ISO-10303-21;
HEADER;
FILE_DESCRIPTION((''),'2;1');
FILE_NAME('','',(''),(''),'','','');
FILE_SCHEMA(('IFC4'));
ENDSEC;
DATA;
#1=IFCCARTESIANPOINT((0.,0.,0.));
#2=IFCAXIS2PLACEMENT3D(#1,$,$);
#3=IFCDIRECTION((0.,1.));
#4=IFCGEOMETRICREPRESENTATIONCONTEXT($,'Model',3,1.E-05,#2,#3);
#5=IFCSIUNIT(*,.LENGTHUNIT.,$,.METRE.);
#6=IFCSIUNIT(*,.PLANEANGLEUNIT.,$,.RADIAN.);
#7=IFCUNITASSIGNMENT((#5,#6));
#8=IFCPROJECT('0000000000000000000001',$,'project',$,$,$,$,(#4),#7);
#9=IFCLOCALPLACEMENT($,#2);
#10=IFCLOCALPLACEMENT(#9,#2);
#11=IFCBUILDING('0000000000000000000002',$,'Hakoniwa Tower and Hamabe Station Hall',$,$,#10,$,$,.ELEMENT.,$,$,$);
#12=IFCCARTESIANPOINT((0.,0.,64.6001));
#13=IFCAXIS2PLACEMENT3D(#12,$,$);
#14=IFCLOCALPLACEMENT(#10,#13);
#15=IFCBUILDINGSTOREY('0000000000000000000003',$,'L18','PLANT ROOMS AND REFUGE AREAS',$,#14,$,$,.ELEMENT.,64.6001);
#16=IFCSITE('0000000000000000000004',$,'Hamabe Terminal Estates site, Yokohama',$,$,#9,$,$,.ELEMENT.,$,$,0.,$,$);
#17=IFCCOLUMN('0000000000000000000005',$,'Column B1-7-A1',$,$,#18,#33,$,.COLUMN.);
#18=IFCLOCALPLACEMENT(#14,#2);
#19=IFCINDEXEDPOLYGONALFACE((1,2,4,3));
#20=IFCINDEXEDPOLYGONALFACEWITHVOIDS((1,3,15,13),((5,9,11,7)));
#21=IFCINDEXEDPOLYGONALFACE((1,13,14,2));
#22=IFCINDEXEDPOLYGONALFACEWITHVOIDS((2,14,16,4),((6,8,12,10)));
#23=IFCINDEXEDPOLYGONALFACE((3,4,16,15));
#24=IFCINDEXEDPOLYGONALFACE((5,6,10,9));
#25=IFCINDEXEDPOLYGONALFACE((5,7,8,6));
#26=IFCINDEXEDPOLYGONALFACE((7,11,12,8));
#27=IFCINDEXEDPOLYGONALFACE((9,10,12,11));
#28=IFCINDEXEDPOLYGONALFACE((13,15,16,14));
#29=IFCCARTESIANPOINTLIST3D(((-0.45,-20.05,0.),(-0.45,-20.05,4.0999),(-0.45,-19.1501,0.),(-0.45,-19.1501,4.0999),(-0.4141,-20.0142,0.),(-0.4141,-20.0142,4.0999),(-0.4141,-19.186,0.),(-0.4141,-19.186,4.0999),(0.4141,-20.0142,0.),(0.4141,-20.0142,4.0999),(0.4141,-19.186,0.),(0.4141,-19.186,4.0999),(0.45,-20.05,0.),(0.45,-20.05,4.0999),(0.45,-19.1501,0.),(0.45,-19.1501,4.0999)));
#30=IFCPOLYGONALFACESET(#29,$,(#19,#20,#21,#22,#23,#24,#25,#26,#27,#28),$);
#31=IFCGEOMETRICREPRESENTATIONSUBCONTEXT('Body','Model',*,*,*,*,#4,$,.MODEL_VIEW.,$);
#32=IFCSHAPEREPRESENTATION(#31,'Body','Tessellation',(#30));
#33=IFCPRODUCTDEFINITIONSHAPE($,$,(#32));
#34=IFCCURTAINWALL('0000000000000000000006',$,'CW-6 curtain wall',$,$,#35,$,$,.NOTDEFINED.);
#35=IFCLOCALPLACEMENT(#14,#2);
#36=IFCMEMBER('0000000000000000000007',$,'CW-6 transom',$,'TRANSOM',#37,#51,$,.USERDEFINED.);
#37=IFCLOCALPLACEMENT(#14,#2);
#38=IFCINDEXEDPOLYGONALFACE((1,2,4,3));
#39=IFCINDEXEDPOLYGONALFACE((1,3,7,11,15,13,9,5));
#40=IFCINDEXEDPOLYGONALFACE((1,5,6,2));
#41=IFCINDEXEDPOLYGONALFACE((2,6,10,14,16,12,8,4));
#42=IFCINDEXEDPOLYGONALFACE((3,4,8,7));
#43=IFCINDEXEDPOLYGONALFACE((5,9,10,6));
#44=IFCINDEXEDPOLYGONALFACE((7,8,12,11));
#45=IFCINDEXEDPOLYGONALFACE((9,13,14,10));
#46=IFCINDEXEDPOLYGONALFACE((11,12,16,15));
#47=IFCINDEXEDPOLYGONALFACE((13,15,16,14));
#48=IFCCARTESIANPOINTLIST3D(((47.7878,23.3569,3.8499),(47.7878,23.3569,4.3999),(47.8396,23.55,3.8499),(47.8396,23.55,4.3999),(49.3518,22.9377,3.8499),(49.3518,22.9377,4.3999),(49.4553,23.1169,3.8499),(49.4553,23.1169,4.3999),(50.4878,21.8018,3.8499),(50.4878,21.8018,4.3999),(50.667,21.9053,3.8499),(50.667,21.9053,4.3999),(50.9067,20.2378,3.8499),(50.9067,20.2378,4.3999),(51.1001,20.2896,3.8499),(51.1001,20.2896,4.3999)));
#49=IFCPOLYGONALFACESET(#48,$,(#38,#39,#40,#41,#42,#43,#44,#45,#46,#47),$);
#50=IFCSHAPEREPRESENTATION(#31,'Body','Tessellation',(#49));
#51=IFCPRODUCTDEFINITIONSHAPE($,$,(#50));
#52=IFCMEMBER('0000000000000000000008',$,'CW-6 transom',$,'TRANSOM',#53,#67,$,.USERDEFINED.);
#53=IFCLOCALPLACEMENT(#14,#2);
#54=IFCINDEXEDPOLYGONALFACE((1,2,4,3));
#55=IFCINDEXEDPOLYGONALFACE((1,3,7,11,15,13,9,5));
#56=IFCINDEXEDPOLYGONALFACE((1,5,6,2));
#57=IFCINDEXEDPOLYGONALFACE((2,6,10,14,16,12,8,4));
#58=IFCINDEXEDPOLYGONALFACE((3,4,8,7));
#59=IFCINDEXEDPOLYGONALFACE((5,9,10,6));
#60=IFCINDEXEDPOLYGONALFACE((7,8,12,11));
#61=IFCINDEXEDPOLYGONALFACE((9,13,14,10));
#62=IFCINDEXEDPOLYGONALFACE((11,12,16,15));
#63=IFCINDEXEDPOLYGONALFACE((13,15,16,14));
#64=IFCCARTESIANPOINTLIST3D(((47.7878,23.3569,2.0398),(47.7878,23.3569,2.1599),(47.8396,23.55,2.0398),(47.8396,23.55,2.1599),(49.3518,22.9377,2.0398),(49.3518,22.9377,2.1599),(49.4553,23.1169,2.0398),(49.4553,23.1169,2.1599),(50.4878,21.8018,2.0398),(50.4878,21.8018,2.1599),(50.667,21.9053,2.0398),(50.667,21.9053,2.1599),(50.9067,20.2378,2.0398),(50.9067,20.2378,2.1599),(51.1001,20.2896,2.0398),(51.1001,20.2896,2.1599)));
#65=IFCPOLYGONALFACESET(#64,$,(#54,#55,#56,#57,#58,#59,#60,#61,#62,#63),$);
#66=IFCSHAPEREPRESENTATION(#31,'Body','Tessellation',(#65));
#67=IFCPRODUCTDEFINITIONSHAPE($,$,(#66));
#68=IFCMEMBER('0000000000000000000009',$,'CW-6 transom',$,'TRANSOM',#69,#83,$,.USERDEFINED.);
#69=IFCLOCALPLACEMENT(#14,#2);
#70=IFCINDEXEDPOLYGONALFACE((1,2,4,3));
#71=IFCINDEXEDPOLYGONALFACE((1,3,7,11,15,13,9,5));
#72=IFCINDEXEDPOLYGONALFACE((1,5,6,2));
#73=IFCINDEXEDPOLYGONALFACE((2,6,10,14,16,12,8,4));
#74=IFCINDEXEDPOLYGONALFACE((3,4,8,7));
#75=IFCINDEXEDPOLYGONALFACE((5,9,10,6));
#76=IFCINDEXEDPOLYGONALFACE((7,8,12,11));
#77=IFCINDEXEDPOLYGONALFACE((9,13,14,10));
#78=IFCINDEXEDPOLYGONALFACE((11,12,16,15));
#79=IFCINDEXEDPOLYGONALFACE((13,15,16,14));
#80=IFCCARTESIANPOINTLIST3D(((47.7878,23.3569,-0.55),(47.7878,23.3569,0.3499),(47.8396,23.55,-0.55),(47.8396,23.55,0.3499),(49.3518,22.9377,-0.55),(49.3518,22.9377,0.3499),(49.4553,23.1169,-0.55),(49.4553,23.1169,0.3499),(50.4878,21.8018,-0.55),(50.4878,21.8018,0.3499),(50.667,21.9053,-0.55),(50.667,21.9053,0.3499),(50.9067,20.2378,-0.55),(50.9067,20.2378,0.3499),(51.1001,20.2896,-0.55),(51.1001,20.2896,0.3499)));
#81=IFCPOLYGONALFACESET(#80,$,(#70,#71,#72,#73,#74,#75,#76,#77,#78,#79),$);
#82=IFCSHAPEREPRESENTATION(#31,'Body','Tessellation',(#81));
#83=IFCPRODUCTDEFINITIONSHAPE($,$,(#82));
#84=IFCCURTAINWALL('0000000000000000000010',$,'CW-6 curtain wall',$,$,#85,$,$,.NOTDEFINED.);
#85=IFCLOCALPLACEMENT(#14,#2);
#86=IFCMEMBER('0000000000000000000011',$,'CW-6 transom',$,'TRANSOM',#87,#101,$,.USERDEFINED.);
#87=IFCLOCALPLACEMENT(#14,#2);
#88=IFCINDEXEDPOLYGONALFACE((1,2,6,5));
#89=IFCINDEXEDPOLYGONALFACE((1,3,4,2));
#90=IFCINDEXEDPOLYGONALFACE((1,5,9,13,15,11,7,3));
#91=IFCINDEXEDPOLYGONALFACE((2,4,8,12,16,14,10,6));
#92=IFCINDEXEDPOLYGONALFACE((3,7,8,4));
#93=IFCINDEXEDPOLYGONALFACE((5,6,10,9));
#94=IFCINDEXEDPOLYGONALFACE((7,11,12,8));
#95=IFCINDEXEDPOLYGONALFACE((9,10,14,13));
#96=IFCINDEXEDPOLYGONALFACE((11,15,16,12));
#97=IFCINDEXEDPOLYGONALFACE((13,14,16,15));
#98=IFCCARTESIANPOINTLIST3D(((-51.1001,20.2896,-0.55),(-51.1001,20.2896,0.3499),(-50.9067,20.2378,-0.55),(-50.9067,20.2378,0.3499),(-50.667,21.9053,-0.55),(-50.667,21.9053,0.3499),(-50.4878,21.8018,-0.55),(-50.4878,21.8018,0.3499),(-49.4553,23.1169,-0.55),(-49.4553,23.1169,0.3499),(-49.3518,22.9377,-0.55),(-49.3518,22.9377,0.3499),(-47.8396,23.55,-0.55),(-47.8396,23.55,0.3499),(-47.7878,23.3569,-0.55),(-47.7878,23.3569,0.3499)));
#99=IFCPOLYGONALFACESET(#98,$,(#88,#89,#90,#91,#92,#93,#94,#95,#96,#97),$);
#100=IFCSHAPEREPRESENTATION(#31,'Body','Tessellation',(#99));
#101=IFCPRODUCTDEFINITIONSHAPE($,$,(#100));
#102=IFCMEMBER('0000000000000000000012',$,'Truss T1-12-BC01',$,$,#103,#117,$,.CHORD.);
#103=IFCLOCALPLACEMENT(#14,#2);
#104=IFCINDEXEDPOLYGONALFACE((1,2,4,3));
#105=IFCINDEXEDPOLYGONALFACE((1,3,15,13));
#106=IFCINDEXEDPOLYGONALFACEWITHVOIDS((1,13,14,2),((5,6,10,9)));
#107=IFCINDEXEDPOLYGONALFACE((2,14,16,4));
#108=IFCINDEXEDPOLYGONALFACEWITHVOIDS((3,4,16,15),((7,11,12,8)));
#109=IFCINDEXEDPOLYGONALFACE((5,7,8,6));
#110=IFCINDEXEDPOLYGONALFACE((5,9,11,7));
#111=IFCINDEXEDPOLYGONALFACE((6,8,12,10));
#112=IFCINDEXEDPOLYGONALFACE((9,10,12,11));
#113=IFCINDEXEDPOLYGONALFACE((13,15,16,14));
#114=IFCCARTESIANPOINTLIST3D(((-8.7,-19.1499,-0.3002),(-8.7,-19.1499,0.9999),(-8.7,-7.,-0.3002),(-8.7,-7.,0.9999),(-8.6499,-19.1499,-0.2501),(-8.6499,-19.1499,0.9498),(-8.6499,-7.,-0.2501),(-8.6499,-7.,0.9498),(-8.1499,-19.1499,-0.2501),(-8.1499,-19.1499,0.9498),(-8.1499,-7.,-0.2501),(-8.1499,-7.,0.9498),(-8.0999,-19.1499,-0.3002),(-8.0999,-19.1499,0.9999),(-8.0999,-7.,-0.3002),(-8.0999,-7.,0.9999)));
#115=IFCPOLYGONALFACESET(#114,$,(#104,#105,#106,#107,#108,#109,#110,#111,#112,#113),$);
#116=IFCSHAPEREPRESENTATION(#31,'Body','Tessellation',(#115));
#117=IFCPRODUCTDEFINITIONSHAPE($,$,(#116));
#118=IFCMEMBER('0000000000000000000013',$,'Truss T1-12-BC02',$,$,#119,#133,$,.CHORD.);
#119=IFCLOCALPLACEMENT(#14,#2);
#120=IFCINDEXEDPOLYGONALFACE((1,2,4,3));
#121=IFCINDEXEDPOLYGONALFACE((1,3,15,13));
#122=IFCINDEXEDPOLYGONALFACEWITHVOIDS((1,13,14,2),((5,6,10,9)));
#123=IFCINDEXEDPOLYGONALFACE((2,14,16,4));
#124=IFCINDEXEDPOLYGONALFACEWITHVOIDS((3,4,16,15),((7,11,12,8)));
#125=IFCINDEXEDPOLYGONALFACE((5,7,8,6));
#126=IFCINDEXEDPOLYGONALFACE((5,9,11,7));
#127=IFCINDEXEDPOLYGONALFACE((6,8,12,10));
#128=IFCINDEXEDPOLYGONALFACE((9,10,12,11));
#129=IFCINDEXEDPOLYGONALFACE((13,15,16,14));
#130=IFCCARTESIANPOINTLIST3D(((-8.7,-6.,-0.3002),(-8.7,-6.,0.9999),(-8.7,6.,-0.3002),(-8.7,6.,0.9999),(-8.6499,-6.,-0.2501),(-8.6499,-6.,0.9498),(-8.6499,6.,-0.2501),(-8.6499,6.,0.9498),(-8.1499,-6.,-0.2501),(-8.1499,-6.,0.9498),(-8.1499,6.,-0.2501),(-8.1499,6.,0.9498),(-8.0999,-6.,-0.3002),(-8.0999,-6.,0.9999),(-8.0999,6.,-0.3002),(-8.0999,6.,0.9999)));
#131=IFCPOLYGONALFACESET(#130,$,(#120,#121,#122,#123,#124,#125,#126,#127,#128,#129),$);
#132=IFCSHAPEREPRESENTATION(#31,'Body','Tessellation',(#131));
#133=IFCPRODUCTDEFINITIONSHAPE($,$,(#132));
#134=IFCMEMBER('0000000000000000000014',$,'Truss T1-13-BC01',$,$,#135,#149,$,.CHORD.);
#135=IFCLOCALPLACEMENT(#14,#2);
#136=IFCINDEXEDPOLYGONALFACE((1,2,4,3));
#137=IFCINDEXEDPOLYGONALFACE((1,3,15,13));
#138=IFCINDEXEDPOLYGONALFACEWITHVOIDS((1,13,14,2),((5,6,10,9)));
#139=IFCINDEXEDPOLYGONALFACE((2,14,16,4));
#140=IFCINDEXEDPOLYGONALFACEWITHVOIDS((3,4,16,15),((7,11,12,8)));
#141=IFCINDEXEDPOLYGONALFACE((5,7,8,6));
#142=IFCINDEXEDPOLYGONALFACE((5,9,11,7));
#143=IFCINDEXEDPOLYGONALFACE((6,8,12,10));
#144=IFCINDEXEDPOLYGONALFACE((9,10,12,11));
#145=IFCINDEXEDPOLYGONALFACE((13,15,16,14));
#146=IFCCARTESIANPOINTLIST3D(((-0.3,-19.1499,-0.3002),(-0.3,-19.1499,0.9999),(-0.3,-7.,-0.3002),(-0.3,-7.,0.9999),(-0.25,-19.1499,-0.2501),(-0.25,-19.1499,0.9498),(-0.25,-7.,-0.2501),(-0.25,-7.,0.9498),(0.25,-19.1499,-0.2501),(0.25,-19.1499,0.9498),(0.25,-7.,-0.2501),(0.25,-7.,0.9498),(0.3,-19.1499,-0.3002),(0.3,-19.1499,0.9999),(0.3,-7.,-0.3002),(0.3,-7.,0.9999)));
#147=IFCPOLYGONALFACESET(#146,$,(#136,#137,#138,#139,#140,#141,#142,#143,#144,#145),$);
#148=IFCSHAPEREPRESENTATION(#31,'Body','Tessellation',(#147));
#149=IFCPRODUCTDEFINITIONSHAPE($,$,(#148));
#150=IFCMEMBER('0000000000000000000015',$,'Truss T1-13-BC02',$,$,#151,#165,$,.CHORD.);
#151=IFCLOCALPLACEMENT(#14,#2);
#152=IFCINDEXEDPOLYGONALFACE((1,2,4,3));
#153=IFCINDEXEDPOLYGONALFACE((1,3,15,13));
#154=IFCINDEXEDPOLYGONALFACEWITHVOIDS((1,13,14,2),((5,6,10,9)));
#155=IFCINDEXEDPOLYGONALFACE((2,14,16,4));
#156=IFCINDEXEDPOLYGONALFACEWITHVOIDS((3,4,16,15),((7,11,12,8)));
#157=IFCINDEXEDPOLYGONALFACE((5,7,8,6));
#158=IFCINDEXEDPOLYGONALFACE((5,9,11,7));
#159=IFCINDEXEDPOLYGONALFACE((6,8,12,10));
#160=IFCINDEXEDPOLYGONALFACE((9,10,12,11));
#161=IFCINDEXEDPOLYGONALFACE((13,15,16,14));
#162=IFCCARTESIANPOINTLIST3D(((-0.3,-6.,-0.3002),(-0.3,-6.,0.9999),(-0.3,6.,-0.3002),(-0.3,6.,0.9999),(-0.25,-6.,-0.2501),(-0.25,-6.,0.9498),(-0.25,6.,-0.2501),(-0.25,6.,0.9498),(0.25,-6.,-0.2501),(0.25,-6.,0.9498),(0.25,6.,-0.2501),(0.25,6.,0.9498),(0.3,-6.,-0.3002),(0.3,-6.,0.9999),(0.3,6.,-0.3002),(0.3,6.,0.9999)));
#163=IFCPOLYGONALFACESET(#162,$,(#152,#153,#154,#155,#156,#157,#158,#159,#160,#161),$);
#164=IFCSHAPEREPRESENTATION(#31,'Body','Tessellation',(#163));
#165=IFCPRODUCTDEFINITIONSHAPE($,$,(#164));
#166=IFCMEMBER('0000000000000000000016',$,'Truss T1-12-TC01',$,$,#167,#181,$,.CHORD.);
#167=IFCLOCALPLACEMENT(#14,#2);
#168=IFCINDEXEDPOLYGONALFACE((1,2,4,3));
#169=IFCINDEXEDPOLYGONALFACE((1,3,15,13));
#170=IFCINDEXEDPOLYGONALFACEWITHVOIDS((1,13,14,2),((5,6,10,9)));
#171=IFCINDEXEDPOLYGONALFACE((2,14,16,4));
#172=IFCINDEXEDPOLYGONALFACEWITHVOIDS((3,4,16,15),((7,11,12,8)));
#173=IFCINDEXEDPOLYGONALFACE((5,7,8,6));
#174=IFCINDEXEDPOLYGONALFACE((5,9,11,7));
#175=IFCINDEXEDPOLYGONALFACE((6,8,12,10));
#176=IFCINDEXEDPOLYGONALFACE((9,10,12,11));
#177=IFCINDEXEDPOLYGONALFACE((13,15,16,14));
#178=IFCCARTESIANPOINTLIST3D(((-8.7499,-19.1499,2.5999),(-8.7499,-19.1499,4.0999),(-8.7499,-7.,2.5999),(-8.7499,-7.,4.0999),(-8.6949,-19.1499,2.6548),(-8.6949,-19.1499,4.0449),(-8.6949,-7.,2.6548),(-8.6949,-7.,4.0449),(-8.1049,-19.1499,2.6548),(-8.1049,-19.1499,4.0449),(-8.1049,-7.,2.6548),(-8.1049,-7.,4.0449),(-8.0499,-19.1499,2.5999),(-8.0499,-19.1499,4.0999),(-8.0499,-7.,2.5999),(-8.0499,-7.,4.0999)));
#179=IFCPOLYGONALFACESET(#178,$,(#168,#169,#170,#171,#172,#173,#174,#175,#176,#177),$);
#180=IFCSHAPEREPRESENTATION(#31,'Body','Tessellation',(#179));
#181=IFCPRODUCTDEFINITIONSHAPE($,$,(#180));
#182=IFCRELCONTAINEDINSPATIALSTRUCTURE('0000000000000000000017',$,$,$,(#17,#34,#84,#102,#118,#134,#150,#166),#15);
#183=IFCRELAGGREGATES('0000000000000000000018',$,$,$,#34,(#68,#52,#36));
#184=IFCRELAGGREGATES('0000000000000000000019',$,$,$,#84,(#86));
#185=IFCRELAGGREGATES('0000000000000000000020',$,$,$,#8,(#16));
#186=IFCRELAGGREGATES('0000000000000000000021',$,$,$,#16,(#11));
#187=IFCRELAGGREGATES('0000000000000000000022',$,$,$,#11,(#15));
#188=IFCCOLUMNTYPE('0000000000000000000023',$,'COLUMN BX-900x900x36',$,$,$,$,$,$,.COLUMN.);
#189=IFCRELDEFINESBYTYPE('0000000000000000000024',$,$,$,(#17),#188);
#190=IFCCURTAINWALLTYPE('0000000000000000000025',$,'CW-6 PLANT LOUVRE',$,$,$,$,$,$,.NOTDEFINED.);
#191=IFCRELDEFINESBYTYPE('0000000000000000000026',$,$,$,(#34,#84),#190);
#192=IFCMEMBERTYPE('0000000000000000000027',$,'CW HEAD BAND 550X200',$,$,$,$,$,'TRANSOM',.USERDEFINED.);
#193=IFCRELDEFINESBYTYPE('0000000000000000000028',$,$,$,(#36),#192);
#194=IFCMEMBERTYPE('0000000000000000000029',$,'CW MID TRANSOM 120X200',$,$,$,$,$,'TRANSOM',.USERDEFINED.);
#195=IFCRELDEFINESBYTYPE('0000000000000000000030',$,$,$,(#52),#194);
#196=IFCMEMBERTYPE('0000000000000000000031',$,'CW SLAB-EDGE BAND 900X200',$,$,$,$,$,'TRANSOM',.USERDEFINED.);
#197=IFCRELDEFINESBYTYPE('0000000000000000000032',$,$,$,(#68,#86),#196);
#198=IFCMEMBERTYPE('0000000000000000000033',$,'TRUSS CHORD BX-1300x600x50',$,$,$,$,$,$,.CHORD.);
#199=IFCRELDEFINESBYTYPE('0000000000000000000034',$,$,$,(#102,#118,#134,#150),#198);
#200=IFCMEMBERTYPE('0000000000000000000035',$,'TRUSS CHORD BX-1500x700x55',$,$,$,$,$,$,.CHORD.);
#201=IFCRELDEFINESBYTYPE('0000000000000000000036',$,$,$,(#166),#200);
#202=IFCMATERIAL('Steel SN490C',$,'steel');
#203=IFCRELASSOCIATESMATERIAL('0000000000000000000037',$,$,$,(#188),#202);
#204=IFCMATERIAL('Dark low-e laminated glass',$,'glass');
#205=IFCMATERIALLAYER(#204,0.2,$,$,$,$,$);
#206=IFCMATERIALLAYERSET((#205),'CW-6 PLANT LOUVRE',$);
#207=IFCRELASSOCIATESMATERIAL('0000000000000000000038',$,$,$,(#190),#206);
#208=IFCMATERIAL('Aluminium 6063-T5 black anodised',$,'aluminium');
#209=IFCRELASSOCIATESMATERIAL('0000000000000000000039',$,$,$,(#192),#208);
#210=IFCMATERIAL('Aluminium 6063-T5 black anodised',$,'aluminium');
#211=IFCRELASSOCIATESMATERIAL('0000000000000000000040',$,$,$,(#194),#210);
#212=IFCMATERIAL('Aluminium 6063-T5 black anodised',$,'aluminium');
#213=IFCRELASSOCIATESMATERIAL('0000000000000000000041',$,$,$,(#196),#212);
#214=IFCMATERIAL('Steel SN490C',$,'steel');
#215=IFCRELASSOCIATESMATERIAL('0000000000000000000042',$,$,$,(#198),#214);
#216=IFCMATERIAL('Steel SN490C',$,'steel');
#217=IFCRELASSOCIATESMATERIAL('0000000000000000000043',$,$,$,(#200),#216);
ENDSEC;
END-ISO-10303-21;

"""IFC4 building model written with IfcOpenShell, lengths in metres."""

from ifc_helpers import new_model, si_unit, direction, frame, origin, origin_2d, place, context, subcontext, project, spatial, polyline, rectangle, hollow_rectangle, outline, extrude, material, layer, layer_set, material_profile, profile_set, type_object, element, aggregate, save


model = new_model("IFC4")

# Units and contexts
model_context = context("Model", 3, precision=1e-05, world=origin(), true_north=direction((0.0, 1.0)))
body_context = subcontext(model_context, "Body", "Model", "MODEL_VIEW")
ifc_project = project(units=[si_unit("LENGTHUNIT", "METRE"), si_unit("PLANEANGLEUNIT", "RADIAN")], contexts=[model_context])

# Site, building, storey
site_placement = place(None, origin())
site = spatial("IfcSite", under=ifc_project, at=site_placement, Name="Hamabe Terminal Estates site, Yokohama", CompositionType="ELEMENT", RefElevation=0.0)
building_placement = place(site_placement, origin())
building = spatial("IfcBuilding", under=site, at=building_placement, Name="Hakoniwa Tower and Hamabe Station Hall", CompositionType="ELEMENT")
storey_placement = place(building_placement, frame((0.0, 0.0, 64.6001)))
storey = spatial("IfcBuildingStorey", under=building, at=storey_placement, Name="L18", Description="PLANT ROOMS AND REFUGE AREAS", CompositionType="ELEMENT", Elevation=64.6001)

# Column
ifc_material_1 = material(Name="Steel SN490C", Category="steel")
ifc_material_profile_1 = material_profile(ifc_material_1, hollow_rectangle(XDim=0.8999, YDim=0.8999, WallThickness=0.0359, at=origin_2d()), Name="BX-900x900x36")
ifc_profile_set_1 = profile_set([ifc_material_profile_1], Name="Steel SN490C")
column_type = type_object("IfcColumnType", Name="COLUMN BX-900x900x36", PredefinedType="COLUMN", material=ifc_profile_set_1)
column_placement = place(storey_placement, frame((0.0, -19.6001, 0.0), z_axis=(0.0, 0.0, 1.0), x_axis=(1.0, 0.0, 0.0)))
element("IfcColumn", 1, at=column_placement, inside=storey, type_object=column_type, Name="Column B1-7-A1", PredefinedType="COLUMN", context=body_context, shape_type="SweptSolid", body=[
    extrude(hollow_rectangle(XDim=0.8999, YDim=0.8999, WallThickness=0.0359, at=origin_2d()), origin(), (0.0, 0.0, 1.0), 4.0999),
])

# Curtain wall, members
ifc_material_2 = material(Name="Dark low-e laminated glass", Category="glass")
ifc_layer_1 = layer(ifc_material_2, 0.2)
ifc_layer_set_1 = layer_set([ifc_layer_1], Name="CW-6 PLANT LOUVRE")
curtain_wall_type = type_object("IfcCurtainWallType", Name="CW-6 PLANT LOUVRE", PredefinedType="NOTDEFINED", material=ifc_layer_set_1)
curtain_wall_1_placement = place(storey_placement, origin())
curtain_wall_1 = element("IfcCurtainWall", 2, at=curtain_wall_1_placement, inside=storey, type_object=curtain_wall_type, Name="CW-6 curtain wall", PredefinedType="NOTDEFINED")
ifc_material_3 = material(Name="Aluminium 6063-T5 black anodised", Category="aluminium")
ifc_material_profile_2 = material_profile(ifc_material_3, rectangle(XDim=0.2, YDim=0.55, at=origin_2d()), Name="CW HEAD BAND 550X200")
ifc_profile_set_2 = profile_set([ifc_material_profile_2], Name="Aluminium 6063-T5 black anodised")
member_type_1 = type_object("IfcMemberType", Name="CW HEAD BAND 550X200", ElementType="TRANSOM", PredefinedType="USERDEFINED", material=ifc_profile_set_2)
member_1_placement = place(storey_placement, frame((0.0, 0.0, 3.8499)))
member_1 = element("IfcMember", 3, at=member_1_placement, type_object=member_type_1, Name="CW-6 transom", ObjectType="TRANSOM", PredefinedType="USERDEFINED", context=body_context, shape_type="SweptSolid", body=[
    extrude(outline(polyline([(51.1001, 20.2896), (50.667, 21.9053), (49.4553, 23.1169), (47.8396, 23.55), (47.7878, 23.3569), (49.3518, 22.9377), (50.4878, 21.8018), (50.9067, 20.2378), (51.1001, 20.2896)])), origin(), (0.0, 0.0, 1.0), 0.55),
])
ifc_material_4 = material(Name="Aluminium 6063-T5 black anodised", Category="aluminium")
ifc_material_profile_3 = material_profile(ifc_material_4, rectangle(XDim=0.2, YDim=0.1201, at=origin_2d()), Name="CW MID TRANSOM 120X200")
ifc_profile_set_3 = profile_set([ifc_material_profile_3], Name="Aluminium 6063-T5 black anodised")
member_type_2 = type_object("IfcMemberType", Name="CW MID TRANSOM 120X200", ElementType="TRANSOM", PredefinedType="USERDEFINED", material=ifc_profile_set_3)
member_2_placement = place(storey_placement, frame((0.0, 0.0, 2.0398)))
member_2 = element("IfcMember", 4, at=member_2_placement, type_object=member_type_2, Name="CW-6 transom", ObjectType="TRANSOM", PredefinedType="USERDEFINED", context=body_context, shape_type="SweptSolid", body=[
    extrude(outline(polyline([(51.1001, 20.2896), (50.667, 21.9053), (49.4553, 23.1169), (47.8396, 23.55), (47.7878, 23.3569), (49.3518, 22.9377), (50.4878, 21.8018), (50.9067, 20.2378), (51.1001, 20.2896)])), origin(), (0.0, 0.0, 1.0), 0.1201),
])
ifc_material_5 = material(Name="Aluminium 6063-T5 black anodised", Category="aluminium")
ifc_material_profile_4 = material_profile(ifc_material_5, rectangle(XDim=0.2, YDim=0.8999, at=origin_2d()), Name="CW SLAB-EDGE BAND 900X200")
ifc_profile_set_4 = profile_set([ifc_material_profile_4], Name="Aluminium 6063-T5 black anodised")
member_type_3 = type_object("IfcMemberType", Name="CW SLAB-EDGE BAND 900X200", ElementType="TRANSOM", PredefinedType="USERDEFINED", material=ifc_profile_set_4)
member_3_placement = place(storey_placement, frame((0.0, 0.0, -0.55)))
member_3 = element("IfcMember", 5, at=member_3_placement, type_object=member_type_3, Name="CW-6 transom", ObjectType="TRANSOM", PredefinedType="USERDEFINED", context=body_context, shape_type="SweptSolid", body=[
    extrude(outline(polyline([(51.1001, 20.2896), (50.667, 21.9053), (49.4553, 23.1169), (47.8396, 23.55), (47.7878, 23.3569), (49.3518, 22.9377), (50.4878, 21.8018), (50.9067, 20.2378), (51.1001, 20.2896)])), origin(), (0.0, 0.0, 1.0), 0.8999),
])

# Curtain wall, member
curtain_wall_2_placement = place(storey_placement, origin())
curtain_wall_2 = element("IfcCurtainWall", 6, at=curtain_wall_2_placement, inside=storey, type_object=curtain_wall_type, Name="CW-6 curtain wall", PredefinedType="NOTDEFINED")
member_4_placement = place(storey_placement, frame((0.0, 0.0, -0.55)))
member_4 = element("IfcMember", 7, at=member_4_placement, type_object=member_type_3, Name="CW-6 transom", ObjectType="TRANSOM", PredefinedType="USERDEFINED", context=body_context, shape_type="SweptSolid", body=[
    extrude(outline(polyline([(-47.8396, 23.55), (-49.4553, 23.1169), (-50.667, 21.9053), (-51.1001, 20.2896), (-50.9067, 20.2378), (-50.4878, 21.8018), (-49.3518, 22.9377), (-47.7878, 23.3569), (-47.8396, 23.55)])), origin(), (0.0, 0.0, 1.0), 0.8999),
])

# Members
ifc_material_6 = material(Name="Steel SN490C", Category="steel")
ifc_material_profile_5 = material_profile(ifc_material_6, hollow_rectangle(XDim=0.6001, YDim=1.3, WallThickness=0.05, at=origin_2d()), Name="BX-1300x600x50")
ifc_profile_set_5 = profile_set([ifc_material_profile_5], Name="Steel SN490C")
member_type_4 = type_object("IfcMemberType", Name="TRUSS CHORD BX-1300x600x50", PredefinedType="CHORD", material=ifc_profile_set_5)
member_5_placement = place(storey_placement, frame((-8.3999, -19.1499, 0.3499), z_axis=(0.0, 1.0, 0.0), x_axis=(-1.0, 0.0, 0.0)))
element("IfcMember", 8, at=member_5_placement, inside=storey, type_object=member_type_4, Name="Truss T1-12-BC01", PredefinedType="CHORD", context=body_context, shape_type="SweptSolid", body=[
    extrude(hollow_rectangle(XDim=0.6001, YDim=1.3, WallThickness=0.05, at=origin_2d()), origin(), (0.0, 0.0, 1.0), 12.1499),
])
member_6_placement = place(storey_placement, frame((-8.3999, -6.0, 0.3499), z_axis=(0.0, 1.0, 0.0), x_axis=(-1.0, 0.0, 0.0)))
element("IfcMember", 9, at=member_6_placement, inside=storey, type_object=member_type_4, Name="Truss T1-12-BC02", PredefinedType="CHORD", context=body_context, shape_type="SweptSolid", body=[
    extrude(hollow_rectangle(XDim=0.6001, YDim=1.3, WallThickness=0.05, at=origin_2d()), origin(), (0.0, 0.0, 1.0), 12.0),
])
member_7_placement = place(storey_placement, frame((0.0, -19.1499, 0.3499), z_axis=(0.0, 1.0, 0.0), x_axis=(-1.0, 0.0, 0.0)))
element("IfcMember", 10, at=member_7_placement, inside=storey, type_object=member_type_4, Name="Truss T1-13-BC01", PredefinedType="CHORD", context=body_context, shape_type="SweptSolid", body=[
    extrude(hollow_rectangle(XDim=0.6001, YDim=1.3, WallThickness=0.05, at=origin_2d()), origin(), (0.0, 0.0, 1.0), 12.1499),
])
member_8_placement = place(storey_placement, frame((0.0, -6.0, 0.3499), z_axis=(0.0, 1.0, 0.0), x_axis=(-1.0, 0.0, 0.0)))
element("IfcMember", 11, at=member_8_placement, inside=storey, type_object=member_type_4, Name="Truss T1-13-BC02", PredefinedType="CHORD", context=body_context, shape_type="SweptSolid", body=[
    extrude(hollow_rectangle(XDim=0.6001, YDim=1.3, WallThickness=0.05, at=origin_2d()), origin(), (0.0, 0.0, 1.0), 12.0),
])
ifc_material_7 = material(Name="Steel SN490C", Category="steel")
ifc_material_profile_6 = material_profile(ifc_material_7, hollow_rectangle(XDim=0.7, YDim=1.5, WallThickness=0.0549, at=origin_2d()), Name="BX-1500x700x55")
ifc_profile_set_6 = profile_set([ifc_material_profile_6], Name="Steel SN490C")
member_type_5 = type_object("IfcMemberType", Name="TRUSS CHORD BX-1500x700x55", PredefinedType="CHORD", material=ifc_profile_set_6)
member_9_placement = place(storey_placement, frame((-8.3999, -19.1499, 3.3499), z_axis=(0.0, 1.0, 0.0), x_axis=(-1.0, 0.0, 0.0)))
element("IfcMember", 12, at=member_9_placement, inside=storey, type_object=member_type_5, Name="Truss T1-12-TC01", PredefinedType="CHORD", context=body_context, shape_type="SweptSolid", body=[
    extrude(hollow_rectangle(XDim=0.7, YDim=1.5, WallThickness=0.0549, at=origin_2d()), origin(), (0.0, 0.0, 1.0), 12.1499),
])

aggregate(curtain_wall_1, [member_3, member_2, member_1])
aggregate(curtain_wall_2, [member_4])

save(model, "model.ifc")
